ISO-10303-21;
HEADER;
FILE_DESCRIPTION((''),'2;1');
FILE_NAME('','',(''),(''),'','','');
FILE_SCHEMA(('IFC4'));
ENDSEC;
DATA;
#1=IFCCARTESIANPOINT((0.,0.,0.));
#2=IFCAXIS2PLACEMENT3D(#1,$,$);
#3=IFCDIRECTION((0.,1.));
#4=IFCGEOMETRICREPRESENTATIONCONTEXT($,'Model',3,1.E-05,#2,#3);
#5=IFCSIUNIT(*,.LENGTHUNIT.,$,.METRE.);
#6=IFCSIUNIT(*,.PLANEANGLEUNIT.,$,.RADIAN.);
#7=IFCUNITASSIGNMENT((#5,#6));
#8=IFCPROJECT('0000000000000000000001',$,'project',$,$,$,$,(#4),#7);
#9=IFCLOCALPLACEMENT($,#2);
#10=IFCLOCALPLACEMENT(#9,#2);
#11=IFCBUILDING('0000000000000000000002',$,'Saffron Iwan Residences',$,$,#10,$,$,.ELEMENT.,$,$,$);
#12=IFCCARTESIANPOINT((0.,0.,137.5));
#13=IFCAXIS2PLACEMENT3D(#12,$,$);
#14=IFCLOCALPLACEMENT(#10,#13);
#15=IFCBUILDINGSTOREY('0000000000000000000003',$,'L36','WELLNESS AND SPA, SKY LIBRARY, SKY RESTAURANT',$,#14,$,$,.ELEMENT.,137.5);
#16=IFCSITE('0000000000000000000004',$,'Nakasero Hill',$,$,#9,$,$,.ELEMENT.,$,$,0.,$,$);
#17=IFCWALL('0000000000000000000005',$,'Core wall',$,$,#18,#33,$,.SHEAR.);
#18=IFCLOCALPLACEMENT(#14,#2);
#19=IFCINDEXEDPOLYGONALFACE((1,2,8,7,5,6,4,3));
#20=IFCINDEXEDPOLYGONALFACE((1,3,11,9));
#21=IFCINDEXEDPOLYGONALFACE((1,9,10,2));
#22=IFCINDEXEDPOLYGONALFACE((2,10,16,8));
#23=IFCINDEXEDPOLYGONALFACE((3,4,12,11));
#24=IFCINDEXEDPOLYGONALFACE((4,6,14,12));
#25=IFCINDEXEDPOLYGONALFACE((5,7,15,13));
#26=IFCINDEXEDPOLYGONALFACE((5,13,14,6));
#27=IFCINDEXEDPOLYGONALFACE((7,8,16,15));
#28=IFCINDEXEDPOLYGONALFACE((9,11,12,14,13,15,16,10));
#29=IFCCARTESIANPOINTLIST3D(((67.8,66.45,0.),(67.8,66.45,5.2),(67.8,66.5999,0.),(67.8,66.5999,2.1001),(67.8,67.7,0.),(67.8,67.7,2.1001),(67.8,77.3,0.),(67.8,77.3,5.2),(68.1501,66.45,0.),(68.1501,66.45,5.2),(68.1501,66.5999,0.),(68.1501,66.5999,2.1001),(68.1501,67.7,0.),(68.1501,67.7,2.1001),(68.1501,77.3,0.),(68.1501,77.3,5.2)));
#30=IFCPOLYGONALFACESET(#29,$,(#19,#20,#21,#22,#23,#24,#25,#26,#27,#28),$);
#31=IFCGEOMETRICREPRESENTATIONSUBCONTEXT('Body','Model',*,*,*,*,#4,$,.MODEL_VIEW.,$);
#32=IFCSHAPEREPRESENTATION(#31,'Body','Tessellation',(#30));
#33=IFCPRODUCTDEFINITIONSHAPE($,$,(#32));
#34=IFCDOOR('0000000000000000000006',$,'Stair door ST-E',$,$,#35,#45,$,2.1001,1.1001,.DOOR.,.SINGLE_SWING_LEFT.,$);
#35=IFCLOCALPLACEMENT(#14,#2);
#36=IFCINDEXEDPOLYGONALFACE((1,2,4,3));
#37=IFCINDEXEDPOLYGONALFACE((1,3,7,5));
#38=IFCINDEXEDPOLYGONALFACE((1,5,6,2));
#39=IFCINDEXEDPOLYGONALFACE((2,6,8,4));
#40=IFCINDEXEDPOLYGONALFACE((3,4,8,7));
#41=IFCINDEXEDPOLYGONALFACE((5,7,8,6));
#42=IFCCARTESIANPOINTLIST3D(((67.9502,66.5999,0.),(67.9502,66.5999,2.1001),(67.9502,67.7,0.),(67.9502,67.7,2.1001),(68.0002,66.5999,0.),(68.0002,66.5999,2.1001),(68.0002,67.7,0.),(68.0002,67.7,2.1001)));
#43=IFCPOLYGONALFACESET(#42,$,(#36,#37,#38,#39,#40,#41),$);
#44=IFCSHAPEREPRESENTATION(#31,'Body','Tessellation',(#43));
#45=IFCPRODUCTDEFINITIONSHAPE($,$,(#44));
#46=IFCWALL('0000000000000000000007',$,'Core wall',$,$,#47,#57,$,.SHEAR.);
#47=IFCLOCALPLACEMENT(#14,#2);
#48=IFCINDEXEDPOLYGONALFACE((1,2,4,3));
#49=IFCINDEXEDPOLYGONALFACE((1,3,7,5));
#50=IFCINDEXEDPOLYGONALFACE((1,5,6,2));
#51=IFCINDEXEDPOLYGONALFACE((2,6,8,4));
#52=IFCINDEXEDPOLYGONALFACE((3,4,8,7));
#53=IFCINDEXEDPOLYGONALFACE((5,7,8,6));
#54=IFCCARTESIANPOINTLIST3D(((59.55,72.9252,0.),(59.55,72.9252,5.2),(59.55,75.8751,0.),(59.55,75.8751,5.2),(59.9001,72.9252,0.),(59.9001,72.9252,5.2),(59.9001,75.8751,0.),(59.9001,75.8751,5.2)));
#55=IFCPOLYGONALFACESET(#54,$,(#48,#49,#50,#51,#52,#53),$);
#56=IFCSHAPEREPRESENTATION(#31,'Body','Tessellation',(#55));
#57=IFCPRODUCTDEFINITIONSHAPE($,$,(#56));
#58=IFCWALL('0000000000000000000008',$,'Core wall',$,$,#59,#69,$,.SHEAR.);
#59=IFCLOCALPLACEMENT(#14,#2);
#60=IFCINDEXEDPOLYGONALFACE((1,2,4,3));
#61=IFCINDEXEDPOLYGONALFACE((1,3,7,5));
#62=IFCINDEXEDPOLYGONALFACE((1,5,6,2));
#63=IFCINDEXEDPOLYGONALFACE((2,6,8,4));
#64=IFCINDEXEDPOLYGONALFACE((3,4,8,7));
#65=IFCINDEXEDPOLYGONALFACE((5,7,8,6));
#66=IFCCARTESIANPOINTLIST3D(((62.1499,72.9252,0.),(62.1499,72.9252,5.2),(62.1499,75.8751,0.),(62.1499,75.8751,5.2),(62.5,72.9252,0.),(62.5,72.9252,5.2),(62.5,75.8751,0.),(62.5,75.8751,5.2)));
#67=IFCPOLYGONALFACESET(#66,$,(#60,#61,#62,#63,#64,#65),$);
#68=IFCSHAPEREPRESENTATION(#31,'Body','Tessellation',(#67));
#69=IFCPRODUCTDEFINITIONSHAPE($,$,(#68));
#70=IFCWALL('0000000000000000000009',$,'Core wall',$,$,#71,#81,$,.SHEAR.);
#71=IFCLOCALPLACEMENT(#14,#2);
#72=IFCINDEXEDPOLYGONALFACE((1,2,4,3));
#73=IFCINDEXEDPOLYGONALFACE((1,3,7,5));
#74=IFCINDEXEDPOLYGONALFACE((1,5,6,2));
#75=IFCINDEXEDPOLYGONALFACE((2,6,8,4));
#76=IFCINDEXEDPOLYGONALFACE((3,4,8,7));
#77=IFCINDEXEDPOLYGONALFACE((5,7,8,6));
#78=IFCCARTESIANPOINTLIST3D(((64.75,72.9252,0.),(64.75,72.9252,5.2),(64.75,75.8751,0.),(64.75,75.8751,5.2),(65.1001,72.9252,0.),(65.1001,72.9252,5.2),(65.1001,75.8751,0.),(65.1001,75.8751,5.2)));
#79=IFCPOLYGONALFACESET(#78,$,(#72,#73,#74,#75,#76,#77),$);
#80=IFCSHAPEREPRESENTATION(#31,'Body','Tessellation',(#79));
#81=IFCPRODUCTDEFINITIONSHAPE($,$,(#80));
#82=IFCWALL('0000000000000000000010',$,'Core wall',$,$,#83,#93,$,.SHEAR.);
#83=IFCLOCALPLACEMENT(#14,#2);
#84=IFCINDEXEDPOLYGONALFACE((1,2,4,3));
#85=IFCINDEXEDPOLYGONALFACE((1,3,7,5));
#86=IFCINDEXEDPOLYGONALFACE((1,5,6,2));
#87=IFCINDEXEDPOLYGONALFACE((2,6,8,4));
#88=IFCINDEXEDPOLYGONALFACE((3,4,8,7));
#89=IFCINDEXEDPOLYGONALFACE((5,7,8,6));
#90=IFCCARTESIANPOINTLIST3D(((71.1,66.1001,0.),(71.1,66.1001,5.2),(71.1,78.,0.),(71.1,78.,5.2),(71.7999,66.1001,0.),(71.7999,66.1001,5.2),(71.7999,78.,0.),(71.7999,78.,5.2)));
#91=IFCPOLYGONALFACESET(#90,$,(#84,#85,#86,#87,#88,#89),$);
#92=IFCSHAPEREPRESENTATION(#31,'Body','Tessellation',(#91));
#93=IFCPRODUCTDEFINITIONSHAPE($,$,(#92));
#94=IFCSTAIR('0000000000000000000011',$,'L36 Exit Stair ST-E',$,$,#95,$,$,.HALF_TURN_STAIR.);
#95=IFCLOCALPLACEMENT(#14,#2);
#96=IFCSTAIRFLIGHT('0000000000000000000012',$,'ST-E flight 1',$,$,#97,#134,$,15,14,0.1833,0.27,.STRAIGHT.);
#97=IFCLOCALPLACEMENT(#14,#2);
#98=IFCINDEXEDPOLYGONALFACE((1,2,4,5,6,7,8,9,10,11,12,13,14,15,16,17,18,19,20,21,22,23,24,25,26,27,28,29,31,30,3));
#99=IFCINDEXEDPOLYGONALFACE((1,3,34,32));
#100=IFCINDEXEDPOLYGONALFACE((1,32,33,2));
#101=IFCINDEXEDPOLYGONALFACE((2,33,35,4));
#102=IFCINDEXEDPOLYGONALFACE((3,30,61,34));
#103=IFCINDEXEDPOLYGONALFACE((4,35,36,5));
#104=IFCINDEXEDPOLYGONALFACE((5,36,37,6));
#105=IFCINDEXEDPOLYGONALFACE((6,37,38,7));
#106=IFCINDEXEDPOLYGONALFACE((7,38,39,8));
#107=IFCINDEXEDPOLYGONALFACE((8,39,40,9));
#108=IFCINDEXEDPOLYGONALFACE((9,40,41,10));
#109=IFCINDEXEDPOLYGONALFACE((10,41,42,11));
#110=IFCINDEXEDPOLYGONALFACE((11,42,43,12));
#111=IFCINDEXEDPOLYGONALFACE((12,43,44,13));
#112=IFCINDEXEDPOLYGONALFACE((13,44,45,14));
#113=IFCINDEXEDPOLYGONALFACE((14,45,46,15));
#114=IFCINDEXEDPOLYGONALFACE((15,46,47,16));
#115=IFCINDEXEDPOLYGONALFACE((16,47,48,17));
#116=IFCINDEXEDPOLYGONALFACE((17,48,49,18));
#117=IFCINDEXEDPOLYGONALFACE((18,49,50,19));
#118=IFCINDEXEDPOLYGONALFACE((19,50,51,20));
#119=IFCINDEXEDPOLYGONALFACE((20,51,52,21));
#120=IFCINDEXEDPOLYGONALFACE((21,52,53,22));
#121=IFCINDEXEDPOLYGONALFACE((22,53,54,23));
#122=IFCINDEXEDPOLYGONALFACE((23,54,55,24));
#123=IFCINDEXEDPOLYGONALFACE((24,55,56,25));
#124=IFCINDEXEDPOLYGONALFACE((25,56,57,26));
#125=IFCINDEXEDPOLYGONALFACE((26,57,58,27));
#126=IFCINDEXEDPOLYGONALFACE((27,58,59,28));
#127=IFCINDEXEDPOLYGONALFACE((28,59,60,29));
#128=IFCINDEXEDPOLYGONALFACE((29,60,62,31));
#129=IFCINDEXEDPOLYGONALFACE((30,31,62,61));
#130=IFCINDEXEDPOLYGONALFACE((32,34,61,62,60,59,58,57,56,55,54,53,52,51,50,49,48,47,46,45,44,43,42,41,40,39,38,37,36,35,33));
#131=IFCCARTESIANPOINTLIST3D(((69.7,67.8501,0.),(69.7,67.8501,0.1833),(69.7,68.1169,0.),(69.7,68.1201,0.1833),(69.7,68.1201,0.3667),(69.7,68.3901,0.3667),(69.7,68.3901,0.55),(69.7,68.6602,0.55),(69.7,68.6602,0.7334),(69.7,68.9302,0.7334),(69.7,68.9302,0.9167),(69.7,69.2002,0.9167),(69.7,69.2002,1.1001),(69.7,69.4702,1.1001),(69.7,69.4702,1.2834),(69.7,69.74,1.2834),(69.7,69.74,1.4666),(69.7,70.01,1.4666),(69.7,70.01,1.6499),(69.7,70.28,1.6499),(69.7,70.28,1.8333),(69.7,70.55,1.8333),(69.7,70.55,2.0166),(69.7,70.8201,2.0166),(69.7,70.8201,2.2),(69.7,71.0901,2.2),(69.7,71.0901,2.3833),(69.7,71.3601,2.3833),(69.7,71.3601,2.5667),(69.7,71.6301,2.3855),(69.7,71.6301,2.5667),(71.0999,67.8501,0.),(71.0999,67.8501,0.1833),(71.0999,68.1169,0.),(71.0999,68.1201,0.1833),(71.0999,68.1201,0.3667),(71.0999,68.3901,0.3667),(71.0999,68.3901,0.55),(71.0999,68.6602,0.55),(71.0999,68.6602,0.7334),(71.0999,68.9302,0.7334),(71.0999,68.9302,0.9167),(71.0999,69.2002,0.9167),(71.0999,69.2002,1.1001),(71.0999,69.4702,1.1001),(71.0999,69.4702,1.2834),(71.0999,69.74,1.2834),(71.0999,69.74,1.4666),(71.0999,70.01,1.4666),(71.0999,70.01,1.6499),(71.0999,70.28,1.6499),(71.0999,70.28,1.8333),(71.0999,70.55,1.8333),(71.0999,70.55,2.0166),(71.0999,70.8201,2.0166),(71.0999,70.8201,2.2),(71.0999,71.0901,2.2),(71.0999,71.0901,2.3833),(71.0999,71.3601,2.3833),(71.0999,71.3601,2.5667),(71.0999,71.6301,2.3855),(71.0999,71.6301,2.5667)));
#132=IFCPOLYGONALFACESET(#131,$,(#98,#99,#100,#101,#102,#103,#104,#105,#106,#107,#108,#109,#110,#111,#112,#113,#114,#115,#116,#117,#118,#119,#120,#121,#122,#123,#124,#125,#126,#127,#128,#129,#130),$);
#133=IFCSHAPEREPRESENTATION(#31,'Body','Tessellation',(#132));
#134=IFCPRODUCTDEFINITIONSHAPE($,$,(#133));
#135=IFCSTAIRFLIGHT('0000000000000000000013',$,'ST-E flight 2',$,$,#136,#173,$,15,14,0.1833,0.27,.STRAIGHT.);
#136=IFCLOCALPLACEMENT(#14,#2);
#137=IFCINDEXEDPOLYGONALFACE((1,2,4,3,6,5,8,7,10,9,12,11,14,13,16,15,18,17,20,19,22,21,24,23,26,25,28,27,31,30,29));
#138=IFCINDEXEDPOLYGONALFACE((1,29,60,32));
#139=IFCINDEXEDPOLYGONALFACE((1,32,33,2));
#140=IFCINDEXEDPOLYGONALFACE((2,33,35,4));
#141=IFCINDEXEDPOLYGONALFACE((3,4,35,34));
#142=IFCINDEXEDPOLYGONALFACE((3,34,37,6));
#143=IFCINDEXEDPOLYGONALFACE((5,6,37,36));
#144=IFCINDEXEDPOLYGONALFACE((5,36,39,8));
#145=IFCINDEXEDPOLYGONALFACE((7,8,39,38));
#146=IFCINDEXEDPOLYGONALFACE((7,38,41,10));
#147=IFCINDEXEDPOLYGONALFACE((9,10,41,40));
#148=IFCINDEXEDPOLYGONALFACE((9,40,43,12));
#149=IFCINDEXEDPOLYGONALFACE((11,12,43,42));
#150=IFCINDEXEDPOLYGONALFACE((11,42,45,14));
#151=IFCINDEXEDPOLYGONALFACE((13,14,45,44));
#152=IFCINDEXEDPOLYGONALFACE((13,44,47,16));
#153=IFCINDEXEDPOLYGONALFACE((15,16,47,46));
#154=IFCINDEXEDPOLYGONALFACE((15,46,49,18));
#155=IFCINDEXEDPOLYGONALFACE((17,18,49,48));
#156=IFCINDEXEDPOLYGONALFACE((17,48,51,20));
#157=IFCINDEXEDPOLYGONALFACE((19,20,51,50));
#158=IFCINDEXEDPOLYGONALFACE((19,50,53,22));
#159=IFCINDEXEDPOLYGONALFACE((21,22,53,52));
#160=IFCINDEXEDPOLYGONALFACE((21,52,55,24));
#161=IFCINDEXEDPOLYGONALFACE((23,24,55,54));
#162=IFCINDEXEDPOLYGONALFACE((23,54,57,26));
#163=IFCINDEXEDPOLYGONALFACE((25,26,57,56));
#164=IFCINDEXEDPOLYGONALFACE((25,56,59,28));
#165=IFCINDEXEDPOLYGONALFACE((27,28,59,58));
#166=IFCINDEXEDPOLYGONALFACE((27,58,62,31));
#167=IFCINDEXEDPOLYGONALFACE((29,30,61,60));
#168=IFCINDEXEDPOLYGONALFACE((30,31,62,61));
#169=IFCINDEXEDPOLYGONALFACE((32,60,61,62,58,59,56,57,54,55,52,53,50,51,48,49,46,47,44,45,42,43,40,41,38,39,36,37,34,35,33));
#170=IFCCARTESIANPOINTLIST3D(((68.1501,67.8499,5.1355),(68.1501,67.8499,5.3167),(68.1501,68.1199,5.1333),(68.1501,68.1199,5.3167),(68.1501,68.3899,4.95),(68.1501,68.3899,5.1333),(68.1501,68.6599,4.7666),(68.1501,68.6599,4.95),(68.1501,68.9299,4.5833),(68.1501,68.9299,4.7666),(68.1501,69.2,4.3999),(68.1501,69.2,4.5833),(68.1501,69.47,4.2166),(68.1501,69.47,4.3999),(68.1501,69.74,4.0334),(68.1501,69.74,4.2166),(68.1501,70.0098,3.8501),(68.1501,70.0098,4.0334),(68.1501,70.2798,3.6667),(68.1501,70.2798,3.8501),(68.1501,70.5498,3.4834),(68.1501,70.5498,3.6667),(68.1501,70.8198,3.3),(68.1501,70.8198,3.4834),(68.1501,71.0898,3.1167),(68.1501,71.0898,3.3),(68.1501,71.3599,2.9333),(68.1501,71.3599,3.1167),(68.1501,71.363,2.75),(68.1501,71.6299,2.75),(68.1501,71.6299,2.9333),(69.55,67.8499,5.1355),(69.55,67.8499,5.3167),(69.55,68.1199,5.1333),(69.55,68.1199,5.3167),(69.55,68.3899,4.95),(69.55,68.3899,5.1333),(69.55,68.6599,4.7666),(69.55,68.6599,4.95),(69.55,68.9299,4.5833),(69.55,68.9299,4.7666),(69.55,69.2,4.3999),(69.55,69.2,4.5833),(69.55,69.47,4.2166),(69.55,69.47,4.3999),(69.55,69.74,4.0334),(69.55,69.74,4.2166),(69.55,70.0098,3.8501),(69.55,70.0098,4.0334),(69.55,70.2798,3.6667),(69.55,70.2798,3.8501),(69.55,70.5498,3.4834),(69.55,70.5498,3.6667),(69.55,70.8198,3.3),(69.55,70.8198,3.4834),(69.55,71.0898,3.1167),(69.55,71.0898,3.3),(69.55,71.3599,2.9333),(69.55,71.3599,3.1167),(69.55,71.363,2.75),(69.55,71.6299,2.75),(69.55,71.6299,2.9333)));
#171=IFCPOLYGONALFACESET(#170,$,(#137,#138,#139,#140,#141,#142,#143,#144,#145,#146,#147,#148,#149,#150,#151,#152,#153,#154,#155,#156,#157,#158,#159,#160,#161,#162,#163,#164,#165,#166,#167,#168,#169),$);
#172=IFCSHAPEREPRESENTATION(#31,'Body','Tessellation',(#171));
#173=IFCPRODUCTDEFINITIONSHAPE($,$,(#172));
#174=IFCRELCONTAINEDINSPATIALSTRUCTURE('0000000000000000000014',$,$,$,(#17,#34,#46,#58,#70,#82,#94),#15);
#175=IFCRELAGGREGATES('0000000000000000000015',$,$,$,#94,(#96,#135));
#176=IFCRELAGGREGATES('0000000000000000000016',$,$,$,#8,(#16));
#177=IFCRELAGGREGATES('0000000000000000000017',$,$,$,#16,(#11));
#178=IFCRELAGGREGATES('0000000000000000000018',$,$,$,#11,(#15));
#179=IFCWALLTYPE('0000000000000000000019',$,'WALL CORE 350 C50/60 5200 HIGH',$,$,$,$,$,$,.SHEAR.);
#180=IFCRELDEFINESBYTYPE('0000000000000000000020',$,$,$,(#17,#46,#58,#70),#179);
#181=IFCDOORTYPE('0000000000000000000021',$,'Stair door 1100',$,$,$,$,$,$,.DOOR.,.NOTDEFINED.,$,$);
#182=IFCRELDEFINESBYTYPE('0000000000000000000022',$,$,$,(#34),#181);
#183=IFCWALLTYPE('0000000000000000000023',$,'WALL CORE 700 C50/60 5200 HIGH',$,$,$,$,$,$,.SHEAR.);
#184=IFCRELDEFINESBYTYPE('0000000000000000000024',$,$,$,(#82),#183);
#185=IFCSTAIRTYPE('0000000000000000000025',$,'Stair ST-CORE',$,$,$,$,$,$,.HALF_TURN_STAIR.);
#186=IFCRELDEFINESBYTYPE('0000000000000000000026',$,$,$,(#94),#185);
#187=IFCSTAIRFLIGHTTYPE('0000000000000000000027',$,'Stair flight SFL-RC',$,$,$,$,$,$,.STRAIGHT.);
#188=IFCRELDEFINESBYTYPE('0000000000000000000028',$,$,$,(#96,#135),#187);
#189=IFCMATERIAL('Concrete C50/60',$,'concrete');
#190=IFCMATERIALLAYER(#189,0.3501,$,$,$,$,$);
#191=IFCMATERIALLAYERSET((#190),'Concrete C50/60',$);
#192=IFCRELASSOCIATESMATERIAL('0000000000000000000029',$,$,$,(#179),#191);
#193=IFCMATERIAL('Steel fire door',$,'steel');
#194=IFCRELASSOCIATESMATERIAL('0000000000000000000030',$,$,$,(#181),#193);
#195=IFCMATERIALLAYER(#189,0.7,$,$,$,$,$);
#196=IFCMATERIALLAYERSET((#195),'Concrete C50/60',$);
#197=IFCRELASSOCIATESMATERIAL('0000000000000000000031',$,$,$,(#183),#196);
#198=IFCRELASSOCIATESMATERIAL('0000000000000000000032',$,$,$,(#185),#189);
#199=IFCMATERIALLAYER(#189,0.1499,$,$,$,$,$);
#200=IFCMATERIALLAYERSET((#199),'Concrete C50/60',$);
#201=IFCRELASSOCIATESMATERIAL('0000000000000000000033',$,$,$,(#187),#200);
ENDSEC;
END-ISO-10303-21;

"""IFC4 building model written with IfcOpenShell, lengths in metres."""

from ifc_helpers import new_model, si_unit, direction, frame, frame_2d, origin, place, context, subcontext, project, spatial, polyline, rectangle, outline, extrude, material, layer, layer_set, type_object, element, fill, aggregate, save


model = new_model("IFC4")

# Units and contexts
model_context = context("Model", 3, precision=1e-05, world=origin(), true_north=direction((0.0, 1.0)))
body_context = subcontext(model_context, "Body", "Model", "MODEL_VIEW")
ifc_project = project(units=[si_unit("LENGTHUNIT", "METRE"), si_unit("PLANEANGLEUNIT", "RADIAN")], contexts=[model_context])

# Site, building, storey
site_placement = place(None, origin())
site = spatial("IfcSite", under=ifc_project, at=site_placement, Name="Nakasero Hill", CompositionType="ELEMENT", RefElevation=0.0)
building_placement = place(site_placement, origin())
building = spatial("IfcBuilding", under=site, at=building_placement, Name="Saffron Iwan Residences", CompositionType="ELEMENT")
storey_placement = place(building_placement, frame((0.0, 0.0, 137.5)))
storey = spatial("IfcBuildingStorey", under=building, at=storey_placement, Name="L36", Description="WELLNESS AND SPA, SKY LIBRARY, SKY RESTAURANT", CompositionType="ELEMENT", Elevation=137.5)

# Shared definitions
ifc_material_1 = material(Name="Concrete C50/60", Category="concrete")

# Shared definitions
ifc_layer_1 = layer(ifc_material_1, 0.3501)
ifc_layer_set_1 = layer_set([ifc_layer_1], Name="Concrete C50/60")
wall_type_1 = type_object("IfcWallType", Name="WALL CORE 350 C50/60 5200 HIGH", PredefinedType="SHEAR", material=ifc_layer_set_1)

# Wall, opening, door
wall_1_placement = place(storey_placement, frame((67.9751, 66.45, 0.0), z_axis=(0.0, 0.0, 1.0), x_axis=(0.0, 1.0, 0.0)))
wall_1 = element("IfcWall", 1, at=wall_1_placement, inside=storey, type_object=wall_type_1, Name="Core wall", PredefinedType="SHEAR", context=body_context, shape_type="SweptSolid", body=[
    extrude(rectangle(XDim=10.8501, YDim=0.3501, at=frame_2d((5.425, 0.0))), origin(), (0.0, 0.0, 1.0), 5.2),
])
opening_1_placement = place(wall_1_placement, frame((0.1499, 0.0, 0.0)))
opening_1 = element("IfcOpeningElement", 2, at=opening_1_placement, cuts=wall_1, PredefinedType="OPENING", context=body_context, shape_type="SweptSolid", body=[
    extrude(rectangle(XDim=1.1001, YDim=2.1001, at=frame_2d((0.55, 1.05))), frame((0.0, 0.1851, 0.0), z_axis=(0.0, -1.0, 0.0), x_axis=(1.0, 0.0, 0.0)), (0.0, 0.0, 1.0), 0.3701),
])
ifc_material_2 = material(Name="Steel fire door", Category="steel")
door_type_1 = type_object("IfcDoorType", Name="Stair door 1100", OperationType="NOTDEFINED", PredefinedType="DOOR", material=ifc_material_2)
door_1_placement = place(opening_1_placement, origin())
door_1 = element("IfcDoor", 3, at=door_1_placement, inside=storey, type_object=door_type_1, Name="Stair door ST-E", OperationType="SINGLE_SWING_LEFT", OverallHeight=2.1001, OverallWidth=1.1001, PredefinedType="DOOR", context=body_context, shape_type="SweptSolid", body=[
    extrude(rectangle(XDim=1.1001, YDim=2.1001, at=frame_2d((0.55, 1.05))), frame((0.0, 0.0249, 0.0), z_axis=(0.0, -1.0, 0.0), x_axis=(1.0, 0.0, 0.0)), (0.0, 0.0, 1.0), 0.05),
])
fill(opening_1, door_1)

# Walls
for number, where, z_axis, x_axis, name in (
    (4, (59.7251, 72.925, 0.0), (0.0, 0.0, 1.0), (0.0, 1.0, 0.0), "Core wall"),
    (5, (62.325, 72.925, 0.0), (0.0, 0.0, 1.0), (0.0, 1.0, 0.0), "Core wall"),
    (6, (64.925, 72.925, 0.0), (0.0, 0.0, 1.0), (0.0, 1.0, 0.0), "Core wall"),
):
    element("IfcWall", number, at=place(storey_placement, frame(where, z_axis=z_axis, x_axis=x_axis)), inside=storey, type_object=wall_type_1, Name=name, PredefinedType="SHEAR", context=body_context, shape_type="SweptSolid", body=[
        extrude(rectangle(XDim=2.95, YDim=0.3501, at=frame_2d((1.4751, 0.0))), origin(), (0.0, 0.0, 1.0), 5.2),
    ])
ifc_layer_2 = layer(ifc_material_1, 0.7)
ifc_layer_set_2 = layer_set([ifc_layer_2], Name="Concrete C50/60")
wall_type_2 = type_object("IfcWallType", Name="WALL CORE 700 C50/60 5200 HIGH", PredefinedType="SHEAR", material=ifc_layer_set_2)
wall_2_placement = place(storey_placement, frame((71.45, 66.1001, 0.0), z_axis=(0.0, 0.0, 1.0), x_axis=(0.0, 1.0, 0.0)))
element("IfcWall", 7, at=wall_2_placement, inside=storey, type_object=wall_type_2, Name="Core wall", PredefinedType="SHEAR", context=body_context, shape_type="SweptSolid", body=[
    extrude(rectangle(XDim=11.8999, YDim=0.7, at=frame_2d((5.95, 0.0))), origin(), (0.0, 0.0, 1.0), 5.2),
])

# Stair, stair flights
stair_type = type_object("IfcStairType", Name="Stair ST-CORE", PredefinedType="HALF_TURN_STAIR", material=ifc_material_1)
stair_placement = place(storey_placement, origin())
stair = element("IfcStair", 8, at=stair_placement, inside=storey, type_object=stair_type, Name="L36 Exit Stair ST-E", PredefinedType="HALF_TURN_STAIR")
ifc_layer_3 = layer(ifc_material_1, 0.1499)
ifc_layer_set_3 = layer_set([ifc_layer_3], Name="Concrete C50/60")
stair_flight_type = type_object("IfcStairFlightType", Name="Stair flight SFL-RC", PredefinedType="STRAIGHT", material=ifc_layer_set_3)
stair_flight_1_placement = place(storey_placement, frame((70.3999, 67.8501, 0.0), z_axis=(0.0, 0.0, 1.0), x_axis=(0.0, 1.0, 0.0)))
stair_flight_1 = element("IfcStairFlight", 9, at=stair_flight_1_placement, type_object=stair_flight_type, Name="ST-E flight 1", NumberOfRisers=15, NumberOfTreads=14, PredefinedType="STRAIGHT", RiserHeight=0.1833, TreadLength=0.27, context=body_context, shape_type="SweptSolid", body=[
    extrude(outline(polyline([(0.0, 0.0), (0.0, 0.1833), (0.27, 0.1833), (0.27, 0.3667), (0.54, 0.3667), (0.54, 0.55), (0.8101, 0.55), (0.8101, 0.7334), (1.0801, 0.7334), (1.0801, 0.9167), (1.3501, 0.9167), (1.3501, 1.1001), (1.6201, 1.1001), (1.6201, 1.2834), (1.8899, 1.2834), (1.8899, 1.4666), (2.1599, 1.4666), (2.1599, 1.6499), (2.4299, 1.6499), (2.4299, 1.8333), (2.7, 1.8333), (2.7, 2.0166), (2.97, 2.0166), (2.97, 2.2), (3.24, 2.2), (3.24, 2.3833), (3.51, 2.3833), (3.51, 2.5667), (3.78, 2.5667), (3.78, 2.75), (3.78, 2.3855), (0.2668, 0.0), (0.0, 0.0)])), frame((0.0, 0.7, 0.0), z_axis=(0.0, -1.0, 0.0), x_axis=(1.0, 0.0, 0.0)), (0.0, 0.0, 1.0), 1.3999),
])
stair_flight_2_placement = place(storey_placement, frame((68.8501, 71.6299, 2.75), z_axis=(0.0, 0.0, 1.0), x_axis=(0.0, -1.0, 0.0)))
stair_flight_2 = element("IfcStairFlight", 10, at=stair_flight_2_placement, type_object=stair_flight_type, Name="ST-E flight 2", NumberOfRisers=15, NumberOfTreads=14, PredefinedType="STRAIGHT", RiserHeight=0.1833, TreadLength=0.27, context=body_context, shape_type="SweptSolid", body=[
    extrude(outline(polyline([(0.0, 0.0), (0.0, 0.1833), (0.27, 0.1833), (0.27, 0.3667), (0.54, 0.3667), (0.54, 0.55), (0.8101, 0.55), (0.8101, 0.7334), (1.0801, 0.7334), (1.0801, 0.9167), (1.3501, 0.9167), (1.3501, 1.1001), (1.6201, 1.1001), (1.6201, 1.2834), (1.8899, 1.2834), (1.8899, 1.4666), (2.1599, 1.4666), (2.1599, 1.6499), (2.4299, 1.6499), (2.4299, 1.8333), (2.7, 1.8333), (2.7, 2.0166), (2.97, 2.0166), (2.97, 2.2), (3.24, 2.2), (3.24, 2.3833), (3.51, 2.3833), (3.51, 2.5667), (3.78, 2.5667), (3.78, 2.75), (3.78, 2.3855), (0.2668, 0.0), (0.0, 0.0)])), frame((0.0, 0.7, 0.0), z_axis=(0.0, -1.0, 0.0), x_axis=(1.0, 0.0, 0.0)), (0.0, 0.0, 1.0), 1.3999),
])
aggregate(stair, [stair_flight_1, stair_flight_2])

save(model, "model.ifc")
